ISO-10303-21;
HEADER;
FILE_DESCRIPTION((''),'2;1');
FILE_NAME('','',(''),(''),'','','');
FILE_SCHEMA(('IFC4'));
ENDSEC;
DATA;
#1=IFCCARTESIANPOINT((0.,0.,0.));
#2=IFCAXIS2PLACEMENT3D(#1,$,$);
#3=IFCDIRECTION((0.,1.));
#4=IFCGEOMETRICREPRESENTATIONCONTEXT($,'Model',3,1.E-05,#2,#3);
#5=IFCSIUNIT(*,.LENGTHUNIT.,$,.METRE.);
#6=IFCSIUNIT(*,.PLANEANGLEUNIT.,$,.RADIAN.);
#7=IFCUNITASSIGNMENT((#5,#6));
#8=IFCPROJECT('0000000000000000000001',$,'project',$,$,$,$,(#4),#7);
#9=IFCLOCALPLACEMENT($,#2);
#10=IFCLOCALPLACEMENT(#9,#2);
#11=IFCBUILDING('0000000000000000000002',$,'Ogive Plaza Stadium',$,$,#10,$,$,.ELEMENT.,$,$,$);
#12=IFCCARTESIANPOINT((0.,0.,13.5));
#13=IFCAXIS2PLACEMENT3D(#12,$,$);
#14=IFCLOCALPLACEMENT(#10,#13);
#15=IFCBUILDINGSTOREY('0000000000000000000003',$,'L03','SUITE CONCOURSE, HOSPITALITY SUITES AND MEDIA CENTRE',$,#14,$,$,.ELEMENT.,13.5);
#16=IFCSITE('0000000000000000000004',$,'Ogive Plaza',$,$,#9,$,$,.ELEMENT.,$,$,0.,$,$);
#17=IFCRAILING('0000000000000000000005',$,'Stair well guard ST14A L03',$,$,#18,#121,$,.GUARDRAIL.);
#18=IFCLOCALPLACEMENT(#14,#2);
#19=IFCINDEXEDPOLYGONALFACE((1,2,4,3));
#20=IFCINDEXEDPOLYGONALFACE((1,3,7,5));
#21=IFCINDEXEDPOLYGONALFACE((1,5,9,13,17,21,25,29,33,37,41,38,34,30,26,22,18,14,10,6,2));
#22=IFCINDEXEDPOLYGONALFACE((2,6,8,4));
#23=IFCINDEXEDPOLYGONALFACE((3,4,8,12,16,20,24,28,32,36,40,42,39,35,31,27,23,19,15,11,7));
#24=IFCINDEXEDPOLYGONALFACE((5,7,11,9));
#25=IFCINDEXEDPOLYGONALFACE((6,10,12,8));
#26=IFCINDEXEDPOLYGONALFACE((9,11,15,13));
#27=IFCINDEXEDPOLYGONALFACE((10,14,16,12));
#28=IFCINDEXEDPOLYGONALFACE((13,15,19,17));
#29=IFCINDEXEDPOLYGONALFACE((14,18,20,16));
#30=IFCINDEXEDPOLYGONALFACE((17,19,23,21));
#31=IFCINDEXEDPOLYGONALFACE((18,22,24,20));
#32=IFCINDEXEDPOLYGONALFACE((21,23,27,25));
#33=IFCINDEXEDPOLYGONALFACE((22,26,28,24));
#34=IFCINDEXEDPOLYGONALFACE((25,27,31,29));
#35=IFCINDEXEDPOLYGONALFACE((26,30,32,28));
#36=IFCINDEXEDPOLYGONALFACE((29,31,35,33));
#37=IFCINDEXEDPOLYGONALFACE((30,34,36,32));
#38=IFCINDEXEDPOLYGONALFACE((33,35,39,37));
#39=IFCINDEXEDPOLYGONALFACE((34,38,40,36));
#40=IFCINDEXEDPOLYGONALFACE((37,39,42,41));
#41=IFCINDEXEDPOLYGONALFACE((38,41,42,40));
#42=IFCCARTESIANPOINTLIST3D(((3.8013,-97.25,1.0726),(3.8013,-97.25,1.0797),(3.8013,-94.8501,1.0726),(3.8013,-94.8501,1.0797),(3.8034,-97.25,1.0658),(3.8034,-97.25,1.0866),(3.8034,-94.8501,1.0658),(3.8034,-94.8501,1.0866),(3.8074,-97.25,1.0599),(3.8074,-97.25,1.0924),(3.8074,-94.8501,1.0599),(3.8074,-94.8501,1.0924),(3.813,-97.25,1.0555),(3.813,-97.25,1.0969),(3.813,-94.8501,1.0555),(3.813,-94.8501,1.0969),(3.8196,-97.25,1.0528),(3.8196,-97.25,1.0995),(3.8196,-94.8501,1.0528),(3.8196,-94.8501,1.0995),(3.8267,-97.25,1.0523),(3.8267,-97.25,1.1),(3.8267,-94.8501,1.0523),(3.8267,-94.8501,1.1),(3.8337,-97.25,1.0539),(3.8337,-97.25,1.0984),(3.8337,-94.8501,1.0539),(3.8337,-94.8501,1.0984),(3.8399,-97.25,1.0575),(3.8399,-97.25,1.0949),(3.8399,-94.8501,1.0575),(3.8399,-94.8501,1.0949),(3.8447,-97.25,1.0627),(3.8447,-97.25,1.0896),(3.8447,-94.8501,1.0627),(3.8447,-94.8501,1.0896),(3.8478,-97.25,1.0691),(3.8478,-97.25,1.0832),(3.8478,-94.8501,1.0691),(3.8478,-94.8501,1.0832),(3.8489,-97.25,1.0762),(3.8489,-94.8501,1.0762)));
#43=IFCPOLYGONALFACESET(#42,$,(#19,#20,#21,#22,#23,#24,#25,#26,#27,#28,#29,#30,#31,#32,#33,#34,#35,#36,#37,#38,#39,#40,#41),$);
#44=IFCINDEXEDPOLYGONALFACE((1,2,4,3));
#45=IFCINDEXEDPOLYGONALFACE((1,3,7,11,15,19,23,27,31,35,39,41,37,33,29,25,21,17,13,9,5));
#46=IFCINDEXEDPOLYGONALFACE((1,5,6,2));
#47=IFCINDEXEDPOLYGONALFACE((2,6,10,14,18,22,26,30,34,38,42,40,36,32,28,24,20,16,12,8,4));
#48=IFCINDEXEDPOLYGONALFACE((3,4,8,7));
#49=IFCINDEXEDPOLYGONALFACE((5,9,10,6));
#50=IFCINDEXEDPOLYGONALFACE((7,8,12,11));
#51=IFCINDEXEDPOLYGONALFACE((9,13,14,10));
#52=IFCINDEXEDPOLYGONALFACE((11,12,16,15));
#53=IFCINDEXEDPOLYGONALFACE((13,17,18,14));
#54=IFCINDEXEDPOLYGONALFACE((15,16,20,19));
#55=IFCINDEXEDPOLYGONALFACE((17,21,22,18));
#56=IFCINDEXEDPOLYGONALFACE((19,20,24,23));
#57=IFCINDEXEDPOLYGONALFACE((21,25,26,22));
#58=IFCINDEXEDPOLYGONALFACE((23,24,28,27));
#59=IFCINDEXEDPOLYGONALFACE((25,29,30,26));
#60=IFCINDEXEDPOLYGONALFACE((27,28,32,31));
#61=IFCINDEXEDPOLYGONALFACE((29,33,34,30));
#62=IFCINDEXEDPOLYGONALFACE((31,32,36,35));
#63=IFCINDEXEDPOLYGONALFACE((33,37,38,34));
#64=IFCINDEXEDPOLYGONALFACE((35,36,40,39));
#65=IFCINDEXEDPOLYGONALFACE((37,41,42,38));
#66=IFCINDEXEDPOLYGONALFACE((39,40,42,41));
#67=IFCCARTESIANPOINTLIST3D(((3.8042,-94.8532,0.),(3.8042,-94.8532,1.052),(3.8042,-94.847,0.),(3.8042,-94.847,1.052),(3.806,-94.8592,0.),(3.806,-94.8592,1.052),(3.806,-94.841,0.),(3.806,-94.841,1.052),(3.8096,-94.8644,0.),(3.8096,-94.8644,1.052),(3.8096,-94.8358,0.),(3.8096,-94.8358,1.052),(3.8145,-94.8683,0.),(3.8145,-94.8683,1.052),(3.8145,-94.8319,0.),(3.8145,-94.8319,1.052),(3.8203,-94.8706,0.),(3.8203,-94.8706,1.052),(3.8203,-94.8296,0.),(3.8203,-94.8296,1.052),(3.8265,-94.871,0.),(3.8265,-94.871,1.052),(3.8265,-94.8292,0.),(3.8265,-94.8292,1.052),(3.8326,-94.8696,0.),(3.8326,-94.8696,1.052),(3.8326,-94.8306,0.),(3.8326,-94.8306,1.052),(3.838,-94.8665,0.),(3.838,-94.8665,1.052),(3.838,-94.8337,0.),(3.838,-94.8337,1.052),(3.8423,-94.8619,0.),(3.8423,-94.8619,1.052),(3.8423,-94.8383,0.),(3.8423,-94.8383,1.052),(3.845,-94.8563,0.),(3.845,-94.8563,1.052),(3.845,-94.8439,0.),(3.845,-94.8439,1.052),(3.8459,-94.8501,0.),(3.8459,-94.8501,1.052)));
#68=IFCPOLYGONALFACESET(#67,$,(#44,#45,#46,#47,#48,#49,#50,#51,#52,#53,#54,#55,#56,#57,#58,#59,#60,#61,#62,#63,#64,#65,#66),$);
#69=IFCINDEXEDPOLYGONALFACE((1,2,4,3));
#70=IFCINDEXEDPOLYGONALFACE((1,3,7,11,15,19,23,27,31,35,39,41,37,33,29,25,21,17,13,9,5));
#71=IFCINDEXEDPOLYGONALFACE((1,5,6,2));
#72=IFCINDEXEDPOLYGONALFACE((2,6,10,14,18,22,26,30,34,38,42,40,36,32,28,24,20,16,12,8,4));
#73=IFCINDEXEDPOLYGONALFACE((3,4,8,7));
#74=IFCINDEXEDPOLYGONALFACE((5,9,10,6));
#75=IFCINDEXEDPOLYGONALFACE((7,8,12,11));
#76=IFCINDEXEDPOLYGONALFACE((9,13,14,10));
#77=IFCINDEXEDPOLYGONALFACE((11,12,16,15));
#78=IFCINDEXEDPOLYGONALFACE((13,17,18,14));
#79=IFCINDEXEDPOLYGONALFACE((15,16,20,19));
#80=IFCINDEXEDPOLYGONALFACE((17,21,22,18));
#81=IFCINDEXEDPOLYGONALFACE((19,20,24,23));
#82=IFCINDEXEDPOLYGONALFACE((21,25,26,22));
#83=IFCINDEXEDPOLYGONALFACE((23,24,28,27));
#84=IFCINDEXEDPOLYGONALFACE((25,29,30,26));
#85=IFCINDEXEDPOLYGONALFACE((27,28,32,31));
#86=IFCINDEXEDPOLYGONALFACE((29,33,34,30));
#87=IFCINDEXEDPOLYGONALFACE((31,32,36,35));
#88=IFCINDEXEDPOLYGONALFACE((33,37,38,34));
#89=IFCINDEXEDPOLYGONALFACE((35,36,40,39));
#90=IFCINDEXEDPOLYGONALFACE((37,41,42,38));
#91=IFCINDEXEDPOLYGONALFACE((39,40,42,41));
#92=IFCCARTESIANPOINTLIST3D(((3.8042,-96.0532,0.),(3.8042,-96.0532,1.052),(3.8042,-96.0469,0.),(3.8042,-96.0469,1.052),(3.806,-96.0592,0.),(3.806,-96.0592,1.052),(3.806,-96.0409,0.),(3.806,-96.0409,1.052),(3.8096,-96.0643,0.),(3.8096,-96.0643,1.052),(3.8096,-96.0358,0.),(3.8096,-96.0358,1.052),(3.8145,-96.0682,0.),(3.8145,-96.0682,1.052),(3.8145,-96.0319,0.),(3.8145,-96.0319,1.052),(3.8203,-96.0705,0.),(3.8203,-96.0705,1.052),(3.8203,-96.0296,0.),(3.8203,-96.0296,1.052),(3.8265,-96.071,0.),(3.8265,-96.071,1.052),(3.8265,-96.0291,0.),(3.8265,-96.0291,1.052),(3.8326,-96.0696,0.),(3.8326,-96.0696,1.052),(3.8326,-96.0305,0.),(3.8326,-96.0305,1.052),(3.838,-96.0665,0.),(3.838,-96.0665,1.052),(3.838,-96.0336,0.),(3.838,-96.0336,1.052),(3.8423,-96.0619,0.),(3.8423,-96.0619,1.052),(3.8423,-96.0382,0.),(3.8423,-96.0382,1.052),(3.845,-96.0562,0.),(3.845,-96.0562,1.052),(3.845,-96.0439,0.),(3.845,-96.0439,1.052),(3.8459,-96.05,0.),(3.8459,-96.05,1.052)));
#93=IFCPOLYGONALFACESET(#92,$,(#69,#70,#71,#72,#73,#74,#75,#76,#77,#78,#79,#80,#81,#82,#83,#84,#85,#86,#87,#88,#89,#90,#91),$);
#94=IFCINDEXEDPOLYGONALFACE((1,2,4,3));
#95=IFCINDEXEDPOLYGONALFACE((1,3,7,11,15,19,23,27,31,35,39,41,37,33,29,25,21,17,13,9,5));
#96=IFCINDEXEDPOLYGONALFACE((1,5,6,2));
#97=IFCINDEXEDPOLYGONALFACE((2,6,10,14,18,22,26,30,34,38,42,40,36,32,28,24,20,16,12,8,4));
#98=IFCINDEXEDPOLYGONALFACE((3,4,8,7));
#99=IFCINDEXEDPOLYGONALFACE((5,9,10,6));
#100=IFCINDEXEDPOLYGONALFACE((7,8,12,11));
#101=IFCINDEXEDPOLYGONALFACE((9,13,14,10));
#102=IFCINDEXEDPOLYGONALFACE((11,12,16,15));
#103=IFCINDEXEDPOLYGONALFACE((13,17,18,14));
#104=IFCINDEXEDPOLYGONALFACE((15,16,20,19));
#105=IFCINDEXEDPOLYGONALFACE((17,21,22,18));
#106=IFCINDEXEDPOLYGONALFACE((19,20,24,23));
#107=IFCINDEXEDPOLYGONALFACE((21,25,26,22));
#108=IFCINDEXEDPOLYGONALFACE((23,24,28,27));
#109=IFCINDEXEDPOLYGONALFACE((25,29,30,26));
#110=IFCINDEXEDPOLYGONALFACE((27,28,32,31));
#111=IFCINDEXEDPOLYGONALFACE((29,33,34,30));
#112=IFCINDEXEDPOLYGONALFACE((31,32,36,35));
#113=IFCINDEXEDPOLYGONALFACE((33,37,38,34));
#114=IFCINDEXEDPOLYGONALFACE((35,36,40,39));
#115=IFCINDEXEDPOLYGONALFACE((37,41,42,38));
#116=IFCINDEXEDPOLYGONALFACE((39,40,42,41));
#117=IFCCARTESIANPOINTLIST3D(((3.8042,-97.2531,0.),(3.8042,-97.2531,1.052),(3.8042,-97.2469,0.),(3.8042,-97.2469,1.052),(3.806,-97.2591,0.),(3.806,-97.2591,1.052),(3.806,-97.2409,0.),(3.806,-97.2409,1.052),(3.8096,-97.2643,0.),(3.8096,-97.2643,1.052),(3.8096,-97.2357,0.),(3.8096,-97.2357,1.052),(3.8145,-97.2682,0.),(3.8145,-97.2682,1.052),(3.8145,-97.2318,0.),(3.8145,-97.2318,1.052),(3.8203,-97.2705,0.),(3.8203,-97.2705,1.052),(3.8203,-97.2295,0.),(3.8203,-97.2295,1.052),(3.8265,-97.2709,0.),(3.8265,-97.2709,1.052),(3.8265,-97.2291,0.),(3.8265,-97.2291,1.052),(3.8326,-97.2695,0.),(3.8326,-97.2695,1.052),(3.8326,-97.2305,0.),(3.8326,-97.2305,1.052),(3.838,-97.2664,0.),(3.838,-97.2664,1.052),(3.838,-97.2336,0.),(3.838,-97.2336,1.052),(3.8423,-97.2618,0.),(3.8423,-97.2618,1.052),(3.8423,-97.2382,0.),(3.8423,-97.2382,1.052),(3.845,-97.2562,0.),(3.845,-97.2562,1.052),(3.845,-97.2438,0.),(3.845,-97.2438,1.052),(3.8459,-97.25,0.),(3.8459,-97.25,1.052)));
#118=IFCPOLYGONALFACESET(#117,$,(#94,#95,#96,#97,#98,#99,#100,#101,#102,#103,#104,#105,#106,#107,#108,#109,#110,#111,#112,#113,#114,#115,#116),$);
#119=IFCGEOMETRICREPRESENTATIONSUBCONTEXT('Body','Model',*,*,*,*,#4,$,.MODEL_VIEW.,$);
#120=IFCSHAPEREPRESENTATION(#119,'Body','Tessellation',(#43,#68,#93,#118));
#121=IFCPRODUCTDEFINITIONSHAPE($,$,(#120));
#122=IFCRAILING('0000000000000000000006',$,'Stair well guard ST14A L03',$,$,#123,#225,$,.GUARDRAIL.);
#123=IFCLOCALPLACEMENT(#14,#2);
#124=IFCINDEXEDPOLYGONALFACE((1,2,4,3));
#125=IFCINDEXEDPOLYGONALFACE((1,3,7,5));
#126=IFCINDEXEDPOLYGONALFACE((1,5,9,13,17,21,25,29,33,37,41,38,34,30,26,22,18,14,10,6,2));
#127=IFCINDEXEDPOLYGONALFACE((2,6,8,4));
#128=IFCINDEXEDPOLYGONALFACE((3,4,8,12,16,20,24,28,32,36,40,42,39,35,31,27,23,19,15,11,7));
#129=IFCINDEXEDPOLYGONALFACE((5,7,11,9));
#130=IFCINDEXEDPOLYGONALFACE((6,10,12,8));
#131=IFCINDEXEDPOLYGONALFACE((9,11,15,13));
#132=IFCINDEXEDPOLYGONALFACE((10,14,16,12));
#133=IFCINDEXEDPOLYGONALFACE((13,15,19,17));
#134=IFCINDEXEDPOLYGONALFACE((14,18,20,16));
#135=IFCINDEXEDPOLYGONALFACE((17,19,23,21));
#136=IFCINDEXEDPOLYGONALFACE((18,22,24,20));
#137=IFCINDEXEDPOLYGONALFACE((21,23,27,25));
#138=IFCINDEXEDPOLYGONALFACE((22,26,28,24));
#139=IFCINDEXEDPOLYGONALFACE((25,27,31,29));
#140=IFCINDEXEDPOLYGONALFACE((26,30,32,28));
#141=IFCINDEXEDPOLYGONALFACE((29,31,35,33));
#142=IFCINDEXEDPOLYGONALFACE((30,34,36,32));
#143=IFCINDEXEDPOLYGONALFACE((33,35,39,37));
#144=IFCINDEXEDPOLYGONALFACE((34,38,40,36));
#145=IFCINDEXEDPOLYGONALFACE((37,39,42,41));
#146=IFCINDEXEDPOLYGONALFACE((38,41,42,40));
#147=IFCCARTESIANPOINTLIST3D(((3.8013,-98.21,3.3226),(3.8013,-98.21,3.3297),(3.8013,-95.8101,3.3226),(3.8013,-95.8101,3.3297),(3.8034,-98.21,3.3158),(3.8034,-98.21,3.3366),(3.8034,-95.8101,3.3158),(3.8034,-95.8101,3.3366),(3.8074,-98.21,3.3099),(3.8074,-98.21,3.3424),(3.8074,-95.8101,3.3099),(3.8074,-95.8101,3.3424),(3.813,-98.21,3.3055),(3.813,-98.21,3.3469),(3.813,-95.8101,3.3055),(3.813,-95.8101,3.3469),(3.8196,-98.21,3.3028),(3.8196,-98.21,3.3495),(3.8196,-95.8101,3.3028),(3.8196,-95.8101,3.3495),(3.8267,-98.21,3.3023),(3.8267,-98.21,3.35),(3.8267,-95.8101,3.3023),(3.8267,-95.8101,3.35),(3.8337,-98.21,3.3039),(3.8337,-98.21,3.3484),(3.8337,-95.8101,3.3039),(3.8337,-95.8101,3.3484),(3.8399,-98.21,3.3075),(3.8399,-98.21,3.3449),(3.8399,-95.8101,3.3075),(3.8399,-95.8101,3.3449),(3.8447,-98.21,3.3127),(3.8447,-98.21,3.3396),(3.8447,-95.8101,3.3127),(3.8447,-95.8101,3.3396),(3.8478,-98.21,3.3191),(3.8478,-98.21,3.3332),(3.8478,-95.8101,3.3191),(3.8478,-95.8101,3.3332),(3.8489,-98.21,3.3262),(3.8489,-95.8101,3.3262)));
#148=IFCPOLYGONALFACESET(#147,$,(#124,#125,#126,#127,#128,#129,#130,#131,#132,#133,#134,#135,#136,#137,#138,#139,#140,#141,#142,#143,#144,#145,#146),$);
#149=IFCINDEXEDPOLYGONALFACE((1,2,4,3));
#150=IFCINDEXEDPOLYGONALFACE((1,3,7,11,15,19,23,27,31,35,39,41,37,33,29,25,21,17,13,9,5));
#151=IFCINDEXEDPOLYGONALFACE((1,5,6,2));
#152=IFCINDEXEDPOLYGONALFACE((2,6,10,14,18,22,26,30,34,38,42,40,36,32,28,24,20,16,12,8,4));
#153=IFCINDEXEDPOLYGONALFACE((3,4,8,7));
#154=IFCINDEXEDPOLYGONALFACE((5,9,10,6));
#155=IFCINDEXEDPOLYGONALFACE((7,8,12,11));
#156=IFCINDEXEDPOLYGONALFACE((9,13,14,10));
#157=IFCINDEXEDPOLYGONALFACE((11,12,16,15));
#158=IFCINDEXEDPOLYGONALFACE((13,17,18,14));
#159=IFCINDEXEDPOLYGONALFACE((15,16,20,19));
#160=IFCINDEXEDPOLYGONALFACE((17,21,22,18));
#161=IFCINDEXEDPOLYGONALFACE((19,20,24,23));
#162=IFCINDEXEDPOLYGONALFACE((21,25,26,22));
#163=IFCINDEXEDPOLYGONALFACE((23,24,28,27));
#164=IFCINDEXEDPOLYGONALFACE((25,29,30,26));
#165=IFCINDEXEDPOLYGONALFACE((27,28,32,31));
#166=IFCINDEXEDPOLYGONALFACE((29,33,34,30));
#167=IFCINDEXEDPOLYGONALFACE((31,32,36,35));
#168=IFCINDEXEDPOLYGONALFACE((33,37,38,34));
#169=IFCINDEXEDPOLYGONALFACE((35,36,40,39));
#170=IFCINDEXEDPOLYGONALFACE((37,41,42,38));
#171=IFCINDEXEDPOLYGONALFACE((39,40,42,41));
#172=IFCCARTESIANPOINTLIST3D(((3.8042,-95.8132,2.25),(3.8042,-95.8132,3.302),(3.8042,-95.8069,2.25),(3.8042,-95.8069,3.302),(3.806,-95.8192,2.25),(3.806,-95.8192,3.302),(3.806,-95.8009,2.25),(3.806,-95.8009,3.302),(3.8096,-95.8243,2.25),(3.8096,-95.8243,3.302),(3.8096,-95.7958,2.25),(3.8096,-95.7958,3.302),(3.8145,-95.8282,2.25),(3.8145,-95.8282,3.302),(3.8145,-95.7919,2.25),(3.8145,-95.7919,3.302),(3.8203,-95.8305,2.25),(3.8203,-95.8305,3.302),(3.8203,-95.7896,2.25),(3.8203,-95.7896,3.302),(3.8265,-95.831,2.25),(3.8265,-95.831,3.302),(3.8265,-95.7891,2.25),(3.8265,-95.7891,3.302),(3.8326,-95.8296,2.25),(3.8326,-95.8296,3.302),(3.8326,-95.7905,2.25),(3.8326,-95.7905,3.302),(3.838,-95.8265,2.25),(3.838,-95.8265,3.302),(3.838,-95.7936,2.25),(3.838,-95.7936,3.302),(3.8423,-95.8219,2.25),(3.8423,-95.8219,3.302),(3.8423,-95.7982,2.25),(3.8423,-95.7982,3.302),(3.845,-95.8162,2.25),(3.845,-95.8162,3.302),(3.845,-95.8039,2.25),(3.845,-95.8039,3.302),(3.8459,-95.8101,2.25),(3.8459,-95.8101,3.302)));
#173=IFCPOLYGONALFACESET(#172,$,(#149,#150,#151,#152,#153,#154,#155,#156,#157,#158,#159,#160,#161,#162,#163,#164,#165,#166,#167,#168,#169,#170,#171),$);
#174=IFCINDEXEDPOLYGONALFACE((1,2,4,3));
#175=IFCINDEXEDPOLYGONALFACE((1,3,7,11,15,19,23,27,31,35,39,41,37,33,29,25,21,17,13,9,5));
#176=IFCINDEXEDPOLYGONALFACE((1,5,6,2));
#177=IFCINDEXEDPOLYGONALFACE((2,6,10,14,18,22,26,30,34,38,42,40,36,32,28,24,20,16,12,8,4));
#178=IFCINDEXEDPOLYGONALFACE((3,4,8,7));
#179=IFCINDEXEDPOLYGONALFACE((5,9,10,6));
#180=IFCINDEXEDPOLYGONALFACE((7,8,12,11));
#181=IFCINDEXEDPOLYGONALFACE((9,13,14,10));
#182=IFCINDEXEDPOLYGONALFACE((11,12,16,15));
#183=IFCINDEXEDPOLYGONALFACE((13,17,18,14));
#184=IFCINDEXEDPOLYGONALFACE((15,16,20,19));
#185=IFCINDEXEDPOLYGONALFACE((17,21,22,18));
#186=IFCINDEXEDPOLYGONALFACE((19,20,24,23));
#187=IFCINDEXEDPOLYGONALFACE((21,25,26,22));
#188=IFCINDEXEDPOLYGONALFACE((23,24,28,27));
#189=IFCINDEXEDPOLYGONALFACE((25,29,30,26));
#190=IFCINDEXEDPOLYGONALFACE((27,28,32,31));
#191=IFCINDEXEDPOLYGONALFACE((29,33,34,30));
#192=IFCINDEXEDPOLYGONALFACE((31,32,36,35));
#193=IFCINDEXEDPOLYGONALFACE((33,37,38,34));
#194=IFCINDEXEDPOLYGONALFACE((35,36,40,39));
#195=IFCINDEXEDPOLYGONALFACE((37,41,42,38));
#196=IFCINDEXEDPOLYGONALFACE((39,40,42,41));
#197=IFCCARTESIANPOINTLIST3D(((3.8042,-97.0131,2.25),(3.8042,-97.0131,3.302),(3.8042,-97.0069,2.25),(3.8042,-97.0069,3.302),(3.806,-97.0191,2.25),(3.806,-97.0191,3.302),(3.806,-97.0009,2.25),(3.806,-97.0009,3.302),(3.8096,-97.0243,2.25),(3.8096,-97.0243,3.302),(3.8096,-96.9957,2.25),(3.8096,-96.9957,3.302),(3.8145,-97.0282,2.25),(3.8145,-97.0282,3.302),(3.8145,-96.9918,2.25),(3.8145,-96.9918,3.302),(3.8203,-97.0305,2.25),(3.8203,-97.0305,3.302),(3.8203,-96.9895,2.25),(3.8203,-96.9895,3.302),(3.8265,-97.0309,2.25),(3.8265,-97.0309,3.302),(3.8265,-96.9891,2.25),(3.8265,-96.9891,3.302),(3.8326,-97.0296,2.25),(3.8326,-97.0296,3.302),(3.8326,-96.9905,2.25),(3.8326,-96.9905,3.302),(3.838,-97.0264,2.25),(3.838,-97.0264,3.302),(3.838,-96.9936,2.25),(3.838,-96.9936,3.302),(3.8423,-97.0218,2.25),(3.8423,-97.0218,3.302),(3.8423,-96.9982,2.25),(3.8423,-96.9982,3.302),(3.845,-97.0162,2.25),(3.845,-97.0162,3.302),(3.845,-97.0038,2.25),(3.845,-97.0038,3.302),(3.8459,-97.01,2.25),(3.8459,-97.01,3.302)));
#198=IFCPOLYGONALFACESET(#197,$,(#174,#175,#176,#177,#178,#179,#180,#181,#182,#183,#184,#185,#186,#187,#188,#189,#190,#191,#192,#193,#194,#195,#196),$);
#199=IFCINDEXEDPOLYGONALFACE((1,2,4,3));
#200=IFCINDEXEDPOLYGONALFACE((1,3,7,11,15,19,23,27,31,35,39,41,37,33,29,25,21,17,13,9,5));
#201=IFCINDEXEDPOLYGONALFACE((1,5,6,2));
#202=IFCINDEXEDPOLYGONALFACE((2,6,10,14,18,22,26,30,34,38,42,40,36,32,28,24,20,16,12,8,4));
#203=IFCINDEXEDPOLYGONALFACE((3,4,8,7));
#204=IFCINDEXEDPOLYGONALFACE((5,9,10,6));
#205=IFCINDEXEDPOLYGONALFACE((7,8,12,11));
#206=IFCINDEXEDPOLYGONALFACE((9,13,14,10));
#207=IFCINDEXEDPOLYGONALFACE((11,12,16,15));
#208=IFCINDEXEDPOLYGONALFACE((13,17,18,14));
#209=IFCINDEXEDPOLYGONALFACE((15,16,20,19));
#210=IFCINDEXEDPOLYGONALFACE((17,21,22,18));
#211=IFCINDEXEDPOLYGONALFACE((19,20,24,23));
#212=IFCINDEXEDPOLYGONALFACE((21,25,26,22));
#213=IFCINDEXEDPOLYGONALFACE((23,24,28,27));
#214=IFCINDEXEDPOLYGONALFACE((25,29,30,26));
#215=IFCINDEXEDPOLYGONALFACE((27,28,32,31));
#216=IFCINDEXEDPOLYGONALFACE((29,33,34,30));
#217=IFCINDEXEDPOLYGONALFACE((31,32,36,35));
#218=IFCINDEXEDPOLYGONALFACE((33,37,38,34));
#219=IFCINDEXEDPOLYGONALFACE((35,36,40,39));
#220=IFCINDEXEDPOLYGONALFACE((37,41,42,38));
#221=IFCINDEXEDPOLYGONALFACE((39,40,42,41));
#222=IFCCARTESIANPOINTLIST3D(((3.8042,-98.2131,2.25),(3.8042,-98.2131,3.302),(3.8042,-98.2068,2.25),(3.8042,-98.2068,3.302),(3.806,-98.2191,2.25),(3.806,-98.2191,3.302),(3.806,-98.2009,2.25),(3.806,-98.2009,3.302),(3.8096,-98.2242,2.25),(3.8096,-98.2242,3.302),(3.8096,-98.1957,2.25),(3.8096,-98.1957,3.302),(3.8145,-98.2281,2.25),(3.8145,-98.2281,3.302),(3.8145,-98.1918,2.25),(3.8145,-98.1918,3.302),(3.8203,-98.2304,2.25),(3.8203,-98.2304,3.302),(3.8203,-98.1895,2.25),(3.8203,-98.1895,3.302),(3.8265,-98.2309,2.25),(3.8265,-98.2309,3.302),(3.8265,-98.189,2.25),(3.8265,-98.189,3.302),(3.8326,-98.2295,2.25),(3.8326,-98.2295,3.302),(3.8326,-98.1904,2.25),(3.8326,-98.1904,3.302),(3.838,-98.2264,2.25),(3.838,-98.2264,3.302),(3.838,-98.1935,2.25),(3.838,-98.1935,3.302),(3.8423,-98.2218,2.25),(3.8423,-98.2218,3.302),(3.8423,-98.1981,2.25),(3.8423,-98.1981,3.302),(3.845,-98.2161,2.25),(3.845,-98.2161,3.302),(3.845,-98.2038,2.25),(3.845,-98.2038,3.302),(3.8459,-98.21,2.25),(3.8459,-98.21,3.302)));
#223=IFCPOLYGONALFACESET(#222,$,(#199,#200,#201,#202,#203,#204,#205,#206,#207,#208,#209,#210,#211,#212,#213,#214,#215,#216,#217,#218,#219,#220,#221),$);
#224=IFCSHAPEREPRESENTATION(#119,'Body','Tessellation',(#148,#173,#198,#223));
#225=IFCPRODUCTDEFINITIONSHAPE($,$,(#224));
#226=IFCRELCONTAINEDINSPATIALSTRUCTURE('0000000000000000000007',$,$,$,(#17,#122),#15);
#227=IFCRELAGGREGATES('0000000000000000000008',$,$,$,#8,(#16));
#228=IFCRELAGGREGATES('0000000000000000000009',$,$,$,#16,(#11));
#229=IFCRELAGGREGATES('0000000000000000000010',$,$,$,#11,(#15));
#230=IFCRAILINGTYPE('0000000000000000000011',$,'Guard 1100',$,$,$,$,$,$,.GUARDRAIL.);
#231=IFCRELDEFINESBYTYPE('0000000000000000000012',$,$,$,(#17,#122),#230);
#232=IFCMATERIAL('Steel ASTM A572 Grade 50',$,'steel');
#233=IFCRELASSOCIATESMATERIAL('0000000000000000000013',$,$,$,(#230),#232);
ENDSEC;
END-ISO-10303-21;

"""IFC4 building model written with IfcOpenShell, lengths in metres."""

from ifc_helpers import new_model, si_unit, direction, frame, origin, origin_2d, place, context, subcontext, project, spatial, circle, extrude, material, type_object, element, save


model = new_model("IFC4")

# Units and contexts
model_context = context("Model", 3, precision=1e-05, world=origin(), true_north=direction((0.0, 1.0)))
body_context = subcontext(model_context, "Body", "Model", "MODEL_VIEW")
ifc_project = project(units=[si_unit("LENGTHUNIT", "METRE"), si_unit("PLANEANGLEUNIT", "RADIAN")], contexts=[model_context])

# Site, building, storey
site_placement = place(None, origin())
site = spatial("IfcSite", under=ifc_project, at=site_placement, Name="Ogive Plaza", CompositionType="ELEMENT", RefElevation=0.0)
building_placement = place(site_placement, origin())
building = spatial("IfcBuilding", under=site, at=building_placement, Name="Ogive Plaza Stadium", CompositionType="ELEMENT")
storey_placement = place(building_placement, frame((0.0, 0.0, 13.5)))
storey = spatial("IfcBuildingStorey", under=building, at=storey_placement, Name="L03", Description="SUITE CONCOURSE, HOSPITALITY SUITES AND MEDIA CENTRE", CompositionType="ELEMENT", Elevation=13.5)

# Railings
ifc_material_1 = material(Name="Steel ASTM A572 Grade 50", Category="steel")
railing_type_1 = type_object("IfcRailingType", Name="Guard 1100", PredefinedType="GUARDRAIL", material=ifc_material_1)
for number, where, name in (
    (1, (3.825, -94.8501, 0.0), "Stair well guard ST14A L03"),
    (2, (3.825, -95.8101, 2.25), "Stair well guard ST14A L03"),
):
    element("IfcRailing", number, at=place(storey_placement, frame(where)), inside=storey, type_object=railing_type_1, Name=name, PredefinedType="GUARDRAIL", context=body_context, shape_type="SweptSolid", body=[
        extrude(circle(Radius=0.0239, at=origin_2d()), frame((0.0, 0.0, 1.0762), z_axis=(0.0, -1.0, 0.0), x_axis=(1.0, 0.0, 0.0)), (0.0, 0.0, 1.0), 2.3999),
        extrude(circle(Radius=0.021, at=origin_2d()), origin(), (0.0, 0.0, 1.0), 1.052),
        extrude(circle(Radius=0.021, at=origin_2d()), frame((0.0, -1.2, 0.0)), (0.0, 0.0, 1.0), 1.052),
        extrude(circle(Radius=0.021, at=origin_2d()), frame((0.0, -2.3999, 0.0)), (0.0, 0.0, 1.0), 1.052),
    ])

save(model, "model.ifc")
